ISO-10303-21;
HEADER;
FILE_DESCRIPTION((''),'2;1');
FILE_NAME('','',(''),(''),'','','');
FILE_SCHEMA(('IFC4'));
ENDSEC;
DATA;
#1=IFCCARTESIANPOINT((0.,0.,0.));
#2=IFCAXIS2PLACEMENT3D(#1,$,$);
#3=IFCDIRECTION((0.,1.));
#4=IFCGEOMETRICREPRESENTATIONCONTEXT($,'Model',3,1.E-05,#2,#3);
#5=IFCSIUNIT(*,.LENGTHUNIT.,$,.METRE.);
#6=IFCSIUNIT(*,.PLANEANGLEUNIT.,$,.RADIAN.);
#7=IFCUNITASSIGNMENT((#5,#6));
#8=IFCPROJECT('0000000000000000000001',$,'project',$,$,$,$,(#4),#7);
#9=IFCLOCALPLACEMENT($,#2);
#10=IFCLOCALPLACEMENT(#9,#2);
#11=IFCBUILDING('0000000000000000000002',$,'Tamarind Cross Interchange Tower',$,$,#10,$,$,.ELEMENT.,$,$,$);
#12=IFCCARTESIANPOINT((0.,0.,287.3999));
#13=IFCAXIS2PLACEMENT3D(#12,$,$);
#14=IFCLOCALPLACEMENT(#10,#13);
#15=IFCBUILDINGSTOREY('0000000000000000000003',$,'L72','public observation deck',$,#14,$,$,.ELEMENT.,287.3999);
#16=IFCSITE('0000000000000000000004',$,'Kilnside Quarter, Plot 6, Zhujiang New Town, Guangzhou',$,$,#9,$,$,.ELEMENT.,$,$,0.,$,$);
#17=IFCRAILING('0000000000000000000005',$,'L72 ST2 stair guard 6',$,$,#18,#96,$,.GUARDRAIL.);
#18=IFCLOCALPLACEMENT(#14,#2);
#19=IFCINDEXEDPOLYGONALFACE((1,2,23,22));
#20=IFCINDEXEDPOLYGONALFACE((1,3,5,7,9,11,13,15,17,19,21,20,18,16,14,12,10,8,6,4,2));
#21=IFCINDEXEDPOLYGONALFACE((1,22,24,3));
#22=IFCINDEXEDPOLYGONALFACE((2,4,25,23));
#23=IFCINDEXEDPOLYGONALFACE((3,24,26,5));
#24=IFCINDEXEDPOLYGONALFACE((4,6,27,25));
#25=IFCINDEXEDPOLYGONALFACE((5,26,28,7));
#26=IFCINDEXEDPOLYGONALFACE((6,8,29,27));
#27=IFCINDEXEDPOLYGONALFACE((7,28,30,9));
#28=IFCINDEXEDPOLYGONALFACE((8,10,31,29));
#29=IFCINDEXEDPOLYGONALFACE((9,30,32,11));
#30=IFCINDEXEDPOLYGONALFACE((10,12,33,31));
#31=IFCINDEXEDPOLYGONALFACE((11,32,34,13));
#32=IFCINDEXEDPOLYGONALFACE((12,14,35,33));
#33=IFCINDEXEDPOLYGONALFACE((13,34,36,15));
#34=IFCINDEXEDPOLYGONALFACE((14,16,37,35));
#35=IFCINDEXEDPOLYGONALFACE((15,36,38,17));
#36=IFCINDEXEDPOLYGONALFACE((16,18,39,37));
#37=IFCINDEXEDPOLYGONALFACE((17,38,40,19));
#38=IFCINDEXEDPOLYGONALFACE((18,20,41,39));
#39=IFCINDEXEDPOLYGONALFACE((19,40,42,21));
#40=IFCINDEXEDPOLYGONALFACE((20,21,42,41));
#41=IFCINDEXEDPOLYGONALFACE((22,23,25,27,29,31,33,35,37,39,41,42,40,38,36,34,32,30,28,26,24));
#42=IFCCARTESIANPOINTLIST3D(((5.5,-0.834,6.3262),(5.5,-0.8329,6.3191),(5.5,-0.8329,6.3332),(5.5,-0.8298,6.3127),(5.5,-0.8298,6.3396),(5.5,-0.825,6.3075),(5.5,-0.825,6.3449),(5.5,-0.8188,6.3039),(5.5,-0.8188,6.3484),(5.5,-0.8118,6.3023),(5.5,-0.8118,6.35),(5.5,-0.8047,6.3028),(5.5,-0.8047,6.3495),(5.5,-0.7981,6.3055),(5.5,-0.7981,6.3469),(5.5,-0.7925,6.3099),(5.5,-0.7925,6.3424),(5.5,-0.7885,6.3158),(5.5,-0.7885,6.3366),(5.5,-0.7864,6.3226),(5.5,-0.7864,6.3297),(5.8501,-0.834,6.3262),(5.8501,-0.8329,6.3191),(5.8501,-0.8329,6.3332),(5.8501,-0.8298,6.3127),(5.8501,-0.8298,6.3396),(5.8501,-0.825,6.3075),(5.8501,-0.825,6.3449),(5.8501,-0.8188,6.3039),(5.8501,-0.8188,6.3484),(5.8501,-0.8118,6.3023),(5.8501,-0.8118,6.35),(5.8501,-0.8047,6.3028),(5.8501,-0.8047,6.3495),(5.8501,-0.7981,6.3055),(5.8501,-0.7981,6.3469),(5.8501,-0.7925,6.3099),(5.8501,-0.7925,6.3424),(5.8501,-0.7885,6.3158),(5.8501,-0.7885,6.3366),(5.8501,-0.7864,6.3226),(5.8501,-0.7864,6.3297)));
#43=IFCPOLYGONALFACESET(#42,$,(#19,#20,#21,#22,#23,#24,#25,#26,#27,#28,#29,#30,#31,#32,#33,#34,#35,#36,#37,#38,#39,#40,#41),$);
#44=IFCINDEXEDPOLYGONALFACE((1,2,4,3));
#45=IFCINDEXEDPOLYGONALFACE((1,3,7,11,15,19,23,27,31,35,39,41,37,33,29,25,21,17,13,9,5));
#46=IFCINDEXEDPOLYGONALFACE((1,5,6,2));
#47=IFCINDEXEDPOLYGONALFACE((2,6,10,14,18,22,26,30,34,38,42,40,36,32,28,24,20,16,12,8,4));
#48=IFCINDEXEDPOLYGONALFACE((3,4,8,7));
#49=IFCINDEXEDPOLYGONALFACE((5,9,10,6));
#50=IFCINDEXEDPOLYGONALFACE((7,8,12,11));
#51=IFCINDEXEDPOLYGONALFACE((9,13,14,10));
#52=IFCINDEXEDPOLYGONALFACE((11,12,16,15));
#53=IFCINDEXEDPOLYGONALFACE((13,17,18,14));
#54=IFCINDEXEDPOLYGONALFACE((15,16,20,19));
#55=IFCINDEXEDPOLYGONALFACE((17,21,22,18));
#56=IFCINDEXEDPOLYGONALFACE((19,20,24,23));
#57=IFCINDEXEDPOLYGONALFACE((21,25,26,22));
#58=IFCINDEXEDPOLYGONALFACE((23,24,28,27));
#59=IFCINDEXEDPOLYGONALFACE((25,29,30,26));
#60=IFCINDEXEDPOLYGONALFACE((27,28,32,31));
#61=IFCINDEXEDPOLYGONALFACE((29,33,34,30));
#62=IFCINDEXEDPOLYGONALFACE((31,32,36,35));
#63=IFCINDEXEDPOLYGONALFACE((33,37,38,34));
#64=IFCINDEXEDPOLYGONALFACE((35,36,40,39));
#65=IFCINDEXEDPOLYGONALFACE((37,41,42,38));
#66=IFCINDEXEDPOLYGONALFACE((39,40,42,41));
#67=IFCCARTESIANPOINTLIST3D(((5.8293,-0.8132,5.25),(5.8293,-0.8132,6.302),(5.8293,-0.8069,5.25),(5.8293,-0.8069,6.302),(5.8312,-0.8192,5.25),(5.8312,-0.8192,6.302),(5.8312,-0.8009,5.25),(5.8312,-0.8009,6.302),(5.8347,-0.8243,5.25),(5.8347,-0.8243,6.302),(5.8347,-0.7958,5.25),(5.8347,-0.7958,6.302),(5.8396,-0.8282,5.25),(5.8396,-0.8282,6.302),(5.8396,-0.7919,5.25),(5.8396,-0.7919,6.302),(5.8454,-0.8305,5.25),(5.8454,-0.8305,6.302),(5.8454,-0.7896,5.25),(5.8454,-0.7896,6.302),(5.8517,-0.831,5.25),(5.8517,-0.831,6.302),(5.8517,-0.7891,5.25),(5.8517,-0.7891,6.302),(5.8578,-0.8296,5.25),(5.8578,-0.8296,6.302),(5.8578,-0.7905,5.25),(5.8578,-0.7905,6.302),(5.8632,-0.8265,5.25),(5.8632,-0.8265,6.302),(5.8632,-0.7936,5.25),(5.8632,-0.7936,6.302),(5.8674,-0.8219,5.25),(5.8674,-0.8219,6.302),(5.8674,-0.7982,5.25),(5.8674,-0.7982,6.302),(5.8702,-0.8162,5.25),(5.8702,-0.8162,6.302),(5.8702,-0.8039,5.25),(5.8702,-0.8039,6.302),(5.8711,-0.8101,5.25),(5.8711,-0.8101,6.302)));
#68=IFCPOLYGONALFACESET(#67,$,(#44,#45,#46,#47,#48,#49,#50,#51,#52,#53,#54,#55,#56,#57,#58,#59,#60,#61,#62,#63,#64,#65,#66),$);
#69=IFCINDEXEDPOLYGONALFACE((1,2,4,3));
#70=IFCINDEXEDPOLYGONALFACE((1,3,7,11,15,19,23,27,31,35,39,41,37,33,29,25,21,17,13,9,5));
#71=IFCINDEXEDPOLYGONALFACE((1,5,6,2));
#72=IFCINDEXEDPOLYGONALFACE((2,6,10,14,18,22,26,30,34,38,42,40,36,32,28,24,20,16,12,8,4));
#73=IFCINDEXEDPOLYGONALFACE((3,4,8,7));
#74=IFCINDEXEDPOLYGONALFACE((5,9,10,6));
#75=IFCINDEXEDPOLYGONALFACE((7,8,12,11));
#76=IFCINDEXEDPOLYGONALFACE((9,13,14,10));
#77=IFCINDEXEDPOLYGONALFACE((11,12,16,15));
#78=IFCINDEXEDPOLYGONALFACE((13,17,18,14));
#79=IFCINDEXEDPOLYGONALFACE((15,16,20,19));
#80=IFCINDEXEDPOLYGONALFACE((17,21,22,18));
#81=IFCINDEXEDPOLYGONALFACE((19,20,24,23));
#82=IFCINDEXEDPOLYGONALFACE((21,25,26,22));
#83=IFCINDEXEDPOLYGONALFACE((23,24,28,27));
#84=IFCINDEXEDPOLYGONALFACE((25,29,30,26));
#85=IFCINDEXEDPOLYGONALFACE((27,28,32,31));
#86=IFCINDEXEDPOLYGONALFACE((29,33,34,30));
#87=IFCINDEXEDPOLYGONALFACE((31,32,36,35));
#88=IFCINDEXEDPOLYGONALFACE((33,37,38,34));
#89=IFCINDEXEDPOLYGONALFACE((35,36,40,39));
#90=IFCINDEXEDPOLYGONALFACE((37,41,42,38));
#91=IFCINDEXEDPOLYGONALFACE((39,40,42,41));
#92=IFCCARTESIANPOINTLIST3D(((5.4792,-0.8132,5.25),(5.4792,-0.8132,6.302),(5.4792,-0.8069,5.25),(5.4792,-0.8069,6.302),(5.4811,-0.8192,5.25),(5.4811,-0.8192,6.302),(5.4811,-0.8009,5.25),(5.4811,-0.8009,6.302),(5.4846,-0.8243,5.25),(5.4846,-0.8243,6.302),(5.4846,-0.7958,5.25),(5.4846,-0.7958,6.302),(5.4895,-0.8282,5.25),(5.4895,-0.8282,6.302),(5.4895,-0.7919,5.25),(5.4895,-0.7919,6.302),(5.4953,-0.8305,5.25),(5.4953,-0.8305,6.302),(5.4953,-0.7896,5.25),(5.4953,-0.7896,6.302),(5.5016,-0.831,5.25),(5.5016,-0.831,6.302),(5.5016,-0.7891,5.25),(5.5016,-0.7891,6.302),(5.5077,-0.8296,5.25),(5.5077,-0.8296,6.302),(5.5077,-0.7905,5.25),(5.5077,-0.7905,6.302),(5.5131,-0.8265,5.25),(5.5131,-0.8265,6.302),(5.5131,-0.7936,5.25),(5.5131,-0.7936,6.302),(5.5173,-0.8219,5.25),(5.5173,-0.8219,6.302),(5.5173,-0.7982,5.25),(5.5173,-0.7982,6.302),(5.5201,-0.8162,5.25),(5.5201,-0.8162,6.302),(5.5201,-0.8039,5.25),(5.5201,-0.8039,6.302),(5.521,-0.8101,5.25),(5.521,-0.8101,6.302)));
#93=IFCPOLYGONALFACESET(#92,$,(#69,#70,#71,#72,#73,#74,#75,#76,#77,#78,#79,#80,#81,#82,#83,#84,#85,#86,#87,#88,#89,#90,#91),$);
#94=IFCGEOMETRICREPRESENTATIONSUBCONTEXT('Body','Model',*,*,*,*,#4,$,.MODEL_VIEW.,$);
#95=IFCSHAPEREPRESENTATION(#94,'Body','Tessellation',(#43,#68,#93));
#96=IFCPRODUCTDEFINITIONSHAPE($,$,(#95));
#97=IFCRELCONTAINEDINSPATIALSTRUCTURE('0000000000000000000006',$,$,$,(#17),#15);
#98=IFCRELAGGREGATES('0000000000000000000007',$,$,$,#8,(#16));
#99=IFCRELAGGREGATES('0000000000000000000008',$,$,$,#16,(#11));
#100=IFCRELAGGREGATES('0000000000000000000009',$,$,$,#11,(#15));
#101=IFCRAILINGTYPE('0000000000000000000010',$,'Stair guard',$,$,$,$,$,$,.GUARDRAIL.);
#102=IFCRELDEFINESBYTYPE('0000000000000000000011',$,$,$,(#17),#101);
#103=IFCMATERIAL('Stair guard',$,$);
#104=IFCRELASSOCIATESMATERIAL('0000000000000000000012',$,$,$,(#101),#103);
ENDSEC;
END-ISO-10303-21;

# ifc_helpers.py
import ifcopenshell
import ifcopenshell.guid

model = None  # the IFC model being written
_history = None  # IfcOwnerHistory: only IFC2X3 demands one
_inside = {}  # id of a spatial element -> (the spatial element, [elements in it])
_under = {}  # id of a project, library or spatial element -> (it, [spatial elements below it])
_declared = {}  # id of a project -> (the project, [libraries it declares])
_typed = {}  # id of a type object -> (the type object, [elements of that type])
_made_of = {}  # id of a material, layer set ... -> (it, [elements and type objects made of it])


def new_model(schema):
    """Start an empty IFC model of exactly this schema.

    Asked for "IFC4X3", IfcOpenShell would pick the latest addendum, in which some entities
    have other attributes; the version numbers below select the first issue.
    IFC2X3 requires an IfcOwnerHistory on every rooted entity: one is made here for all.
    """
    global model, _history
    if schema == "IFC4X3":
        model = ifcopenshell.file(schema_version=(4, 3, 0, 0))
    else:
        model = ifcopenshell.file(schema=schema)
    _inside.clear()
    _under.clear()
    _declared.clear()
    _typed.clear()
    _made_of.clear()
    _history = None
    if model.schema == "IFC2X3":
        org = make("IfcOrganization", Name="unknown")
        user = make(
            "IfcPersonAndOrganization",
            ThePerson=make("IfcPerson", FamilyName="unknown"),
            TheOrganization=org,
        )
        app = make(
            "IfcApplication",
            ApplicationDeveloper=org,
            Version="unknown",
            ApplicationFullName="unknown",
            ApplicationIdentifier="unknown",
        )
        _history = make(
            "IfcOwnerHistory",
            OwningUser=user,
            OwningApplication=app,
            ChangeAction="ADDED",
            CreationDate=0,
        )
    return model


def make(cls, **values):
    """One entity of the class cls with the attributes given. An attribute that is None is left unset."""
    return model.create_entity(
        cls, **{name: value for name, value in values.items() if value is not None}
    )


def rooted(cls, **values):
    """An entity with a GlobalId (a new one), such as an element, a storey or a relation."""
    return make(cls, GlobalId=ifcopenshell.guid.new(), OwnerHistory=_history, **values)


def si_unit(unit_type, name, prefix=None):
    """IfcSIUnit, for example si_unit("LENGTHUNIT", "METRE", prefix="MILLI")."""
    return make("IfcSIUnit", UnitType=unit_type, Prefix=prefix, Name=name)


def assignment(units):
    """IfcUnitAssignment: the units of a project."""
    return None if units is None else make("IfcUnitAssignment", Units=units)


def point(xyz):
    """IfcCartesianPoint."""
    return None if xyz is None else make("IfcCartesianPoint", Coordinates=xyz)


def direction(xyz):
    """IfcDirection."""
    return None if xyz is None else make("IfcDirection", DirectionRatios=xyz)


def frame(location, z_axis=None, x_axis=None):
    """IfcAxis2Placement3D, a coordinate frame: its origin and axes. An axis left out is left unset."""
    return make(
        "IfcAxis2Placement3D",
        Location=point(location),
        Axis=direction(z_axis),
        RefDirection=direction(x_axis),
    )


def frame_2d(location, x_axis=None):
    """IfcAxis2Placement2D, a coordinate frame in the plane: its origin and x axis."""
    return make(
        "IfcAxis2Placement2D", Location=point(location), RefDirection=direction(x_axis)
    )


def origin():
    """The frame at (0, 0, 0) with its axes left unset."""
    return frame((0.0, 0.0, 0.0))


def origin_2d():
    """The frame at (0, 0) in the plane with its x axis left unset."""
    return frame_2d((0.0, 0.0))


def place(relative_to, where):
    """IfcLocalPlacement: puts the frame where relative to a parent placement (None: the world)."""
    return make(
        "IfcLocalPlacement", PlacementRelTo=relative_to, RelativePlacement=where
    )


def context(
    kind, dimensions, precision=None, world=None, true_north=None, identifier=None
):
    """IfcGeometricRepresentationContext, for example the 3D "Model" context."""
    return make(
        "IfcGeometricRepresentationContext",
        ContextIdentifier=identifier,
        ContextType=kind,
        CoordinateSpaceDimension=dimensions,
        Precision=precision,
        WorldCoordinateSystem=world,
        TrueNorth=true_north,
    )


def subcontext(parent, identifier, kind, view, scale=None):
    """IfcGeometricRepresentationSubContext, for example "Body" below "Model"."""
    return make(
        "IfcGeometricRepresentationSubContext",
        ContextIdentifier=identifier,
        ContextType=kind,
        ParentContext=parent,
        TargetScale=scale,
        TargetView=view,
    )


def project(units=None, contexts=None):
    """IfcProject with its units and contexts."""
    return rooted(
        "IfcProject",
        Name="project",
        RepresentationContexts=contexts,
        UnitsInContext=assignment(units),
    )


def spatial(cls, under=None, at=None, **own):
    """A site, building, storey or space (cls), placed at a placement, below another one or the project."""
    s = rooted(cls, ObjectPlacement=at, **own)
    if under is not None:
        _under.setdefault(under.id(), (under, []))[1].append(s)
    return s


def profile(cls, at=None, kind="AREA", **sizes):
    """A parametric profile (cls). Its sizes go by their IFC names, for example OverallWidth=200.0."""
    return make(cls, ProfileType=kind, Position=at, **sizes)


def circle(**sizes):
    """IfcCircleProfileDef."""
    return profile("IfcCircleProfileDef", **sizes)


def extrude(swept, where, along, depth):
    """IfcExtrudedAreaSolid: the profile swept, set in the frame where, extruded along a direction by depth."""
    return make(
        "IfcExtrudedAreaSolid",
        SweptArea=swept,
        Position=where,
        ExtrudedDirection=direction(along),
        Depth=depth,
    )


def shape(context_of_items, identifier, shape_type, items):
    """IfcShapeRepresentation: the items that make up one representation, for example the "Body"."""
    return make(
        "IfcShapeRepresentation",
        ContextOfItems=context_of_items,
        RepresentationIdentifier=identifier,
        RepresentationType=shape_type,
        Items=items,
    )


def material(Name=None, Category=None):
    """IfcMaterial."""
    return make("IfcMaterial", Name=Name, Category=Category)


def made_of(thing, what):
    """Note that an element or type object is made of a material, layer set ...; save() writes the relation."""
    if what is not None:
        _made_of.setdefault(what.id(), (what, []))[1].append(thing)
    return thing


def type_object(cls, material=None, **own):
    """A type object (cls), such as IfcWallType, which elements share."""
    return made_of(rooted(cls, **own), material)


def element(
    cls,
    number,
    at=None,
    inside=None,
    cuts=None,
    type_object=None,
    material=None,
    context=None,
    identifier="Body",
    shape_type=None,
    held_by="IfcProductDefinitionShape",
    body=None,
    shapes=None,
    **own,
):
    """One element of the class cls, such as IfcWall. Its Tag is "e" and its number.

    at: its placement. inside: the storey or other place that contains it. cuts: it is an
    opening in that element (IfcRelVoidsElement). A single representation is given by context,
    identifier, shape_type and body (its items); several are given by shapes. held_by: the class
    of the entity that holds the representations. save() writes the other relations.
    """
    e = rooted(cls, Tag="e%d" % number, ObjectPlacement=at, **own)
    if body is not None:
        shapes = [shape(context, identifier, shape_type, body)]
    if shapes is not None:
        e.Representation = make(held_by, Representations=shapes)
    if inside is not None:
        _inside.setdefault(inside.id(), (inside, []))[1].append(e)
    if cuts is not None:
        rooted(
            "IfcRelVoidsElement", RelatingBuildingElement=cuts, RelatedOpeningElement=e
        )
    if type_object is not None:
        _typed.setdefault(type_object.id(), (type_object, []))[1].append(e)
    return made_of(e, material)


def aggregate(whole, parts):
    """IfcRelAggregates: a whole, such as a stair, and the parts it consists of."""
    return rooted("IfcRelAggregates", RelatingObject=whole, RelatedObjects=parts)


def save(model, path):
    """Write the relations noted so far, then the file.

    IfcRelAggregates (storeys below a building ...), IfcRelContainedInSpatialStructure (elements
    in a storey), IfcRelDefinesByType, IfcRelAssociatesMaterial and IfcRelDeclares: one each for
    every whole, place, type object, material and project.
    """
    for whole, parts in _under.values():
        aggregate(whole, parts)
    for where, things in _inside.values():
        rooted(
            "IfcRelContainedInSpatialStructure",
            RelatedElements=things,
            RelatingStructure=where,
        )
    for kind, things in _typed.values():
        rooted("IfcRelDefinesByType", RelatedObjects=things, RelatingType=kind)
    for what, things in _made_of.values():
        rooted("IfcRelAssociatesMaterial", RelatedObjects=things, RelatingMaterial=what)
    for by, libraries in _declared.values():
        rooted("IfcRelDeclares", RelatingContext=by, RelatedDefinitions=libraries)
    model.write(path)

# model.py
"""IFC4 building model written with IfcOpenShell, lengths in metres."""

from ifc_helpers import new_model, si_unit, direction, frame, origin, origin_2d, place, context, subcontext, project, spatial, circle, extrude, material, type_object, element, save


model = new_model("IFC4")

# Units and contexts
model_context = context("Model", 3, precision=1e-05, world=origin(), true_north=direction((0.0, 1.0)))
body_context = subcontext(model_context, "Body", "Model", "MODEL_VIEW")
ifc_project = project(units=[si_unit("LENGTHUNIT", "METRE"), si_unit("PLANEANGLEUNIT", "RADIAN")], contexts=[model_context])

# Site, building, storey
site_placement = place(None, origin())
site = spatial("IfcSite", under=ifc_project, at=site_placement, Name="Kilnside Quarter, Plot 6, Zhujiang New Town, Guangzhou", CompositionType="ELEMENT", RefElevation=0.0)
building_placement = place(site_placement, origin())
building = spatial("IfcBuilding", under=site, at=building_placement, Name="Tamarind Cross Interchange Tower", CompositionType="ELEMENT")
storey_placement = place(building_placement, frame((0.0, 0.0, 287.3999)))
storey = spatial("IfcBuildingStorey", under=building, at=storey_placement, Name="L72", Description="public observation deck", CompositionType="ELEMENT", Elevation=287.3999)

# Railing
ifc_material_1 = material(Name="Stair guard")
railing_type_1 = type_object("IfcRailingType", Name="Stair guard", PredefinedType="GUARDRAIL", material=ifc_material_1)
railing_1_placement = place(storey_placement, frame((5.8501, -0.8101, 5.25)))
element("IfcRailing", 1, at=railing_1_placement, inside=storey, type_object=railing_type_1, Name="L72 ST2 stair guard 6", PredefinedType="GUARDRAIL", context=body_context, shape_type="SweptSolid", body=[
    extrude(circle(Radius=0.0239, at=origin_2d()), frame((0.0, 0.0, 1.0762), z_axis=(-1.0, 0.0, 0.0), x_axis=(0.0, -1.0, 0.0)), (0.0, 0.0, 1.0), 0.3501),
    extrude(circle(Radius=0.021, at=origin_2d()), origin(), (0.0, 0.0, 1.0), 1.052),
    extrude(circle(Radius=0.021, at=origin_2d()), frame((-0.3501, 0.0, 0.0)), (0.0, 0.0, 1.0), 1.052),
])

save(model, "model.ifc")
